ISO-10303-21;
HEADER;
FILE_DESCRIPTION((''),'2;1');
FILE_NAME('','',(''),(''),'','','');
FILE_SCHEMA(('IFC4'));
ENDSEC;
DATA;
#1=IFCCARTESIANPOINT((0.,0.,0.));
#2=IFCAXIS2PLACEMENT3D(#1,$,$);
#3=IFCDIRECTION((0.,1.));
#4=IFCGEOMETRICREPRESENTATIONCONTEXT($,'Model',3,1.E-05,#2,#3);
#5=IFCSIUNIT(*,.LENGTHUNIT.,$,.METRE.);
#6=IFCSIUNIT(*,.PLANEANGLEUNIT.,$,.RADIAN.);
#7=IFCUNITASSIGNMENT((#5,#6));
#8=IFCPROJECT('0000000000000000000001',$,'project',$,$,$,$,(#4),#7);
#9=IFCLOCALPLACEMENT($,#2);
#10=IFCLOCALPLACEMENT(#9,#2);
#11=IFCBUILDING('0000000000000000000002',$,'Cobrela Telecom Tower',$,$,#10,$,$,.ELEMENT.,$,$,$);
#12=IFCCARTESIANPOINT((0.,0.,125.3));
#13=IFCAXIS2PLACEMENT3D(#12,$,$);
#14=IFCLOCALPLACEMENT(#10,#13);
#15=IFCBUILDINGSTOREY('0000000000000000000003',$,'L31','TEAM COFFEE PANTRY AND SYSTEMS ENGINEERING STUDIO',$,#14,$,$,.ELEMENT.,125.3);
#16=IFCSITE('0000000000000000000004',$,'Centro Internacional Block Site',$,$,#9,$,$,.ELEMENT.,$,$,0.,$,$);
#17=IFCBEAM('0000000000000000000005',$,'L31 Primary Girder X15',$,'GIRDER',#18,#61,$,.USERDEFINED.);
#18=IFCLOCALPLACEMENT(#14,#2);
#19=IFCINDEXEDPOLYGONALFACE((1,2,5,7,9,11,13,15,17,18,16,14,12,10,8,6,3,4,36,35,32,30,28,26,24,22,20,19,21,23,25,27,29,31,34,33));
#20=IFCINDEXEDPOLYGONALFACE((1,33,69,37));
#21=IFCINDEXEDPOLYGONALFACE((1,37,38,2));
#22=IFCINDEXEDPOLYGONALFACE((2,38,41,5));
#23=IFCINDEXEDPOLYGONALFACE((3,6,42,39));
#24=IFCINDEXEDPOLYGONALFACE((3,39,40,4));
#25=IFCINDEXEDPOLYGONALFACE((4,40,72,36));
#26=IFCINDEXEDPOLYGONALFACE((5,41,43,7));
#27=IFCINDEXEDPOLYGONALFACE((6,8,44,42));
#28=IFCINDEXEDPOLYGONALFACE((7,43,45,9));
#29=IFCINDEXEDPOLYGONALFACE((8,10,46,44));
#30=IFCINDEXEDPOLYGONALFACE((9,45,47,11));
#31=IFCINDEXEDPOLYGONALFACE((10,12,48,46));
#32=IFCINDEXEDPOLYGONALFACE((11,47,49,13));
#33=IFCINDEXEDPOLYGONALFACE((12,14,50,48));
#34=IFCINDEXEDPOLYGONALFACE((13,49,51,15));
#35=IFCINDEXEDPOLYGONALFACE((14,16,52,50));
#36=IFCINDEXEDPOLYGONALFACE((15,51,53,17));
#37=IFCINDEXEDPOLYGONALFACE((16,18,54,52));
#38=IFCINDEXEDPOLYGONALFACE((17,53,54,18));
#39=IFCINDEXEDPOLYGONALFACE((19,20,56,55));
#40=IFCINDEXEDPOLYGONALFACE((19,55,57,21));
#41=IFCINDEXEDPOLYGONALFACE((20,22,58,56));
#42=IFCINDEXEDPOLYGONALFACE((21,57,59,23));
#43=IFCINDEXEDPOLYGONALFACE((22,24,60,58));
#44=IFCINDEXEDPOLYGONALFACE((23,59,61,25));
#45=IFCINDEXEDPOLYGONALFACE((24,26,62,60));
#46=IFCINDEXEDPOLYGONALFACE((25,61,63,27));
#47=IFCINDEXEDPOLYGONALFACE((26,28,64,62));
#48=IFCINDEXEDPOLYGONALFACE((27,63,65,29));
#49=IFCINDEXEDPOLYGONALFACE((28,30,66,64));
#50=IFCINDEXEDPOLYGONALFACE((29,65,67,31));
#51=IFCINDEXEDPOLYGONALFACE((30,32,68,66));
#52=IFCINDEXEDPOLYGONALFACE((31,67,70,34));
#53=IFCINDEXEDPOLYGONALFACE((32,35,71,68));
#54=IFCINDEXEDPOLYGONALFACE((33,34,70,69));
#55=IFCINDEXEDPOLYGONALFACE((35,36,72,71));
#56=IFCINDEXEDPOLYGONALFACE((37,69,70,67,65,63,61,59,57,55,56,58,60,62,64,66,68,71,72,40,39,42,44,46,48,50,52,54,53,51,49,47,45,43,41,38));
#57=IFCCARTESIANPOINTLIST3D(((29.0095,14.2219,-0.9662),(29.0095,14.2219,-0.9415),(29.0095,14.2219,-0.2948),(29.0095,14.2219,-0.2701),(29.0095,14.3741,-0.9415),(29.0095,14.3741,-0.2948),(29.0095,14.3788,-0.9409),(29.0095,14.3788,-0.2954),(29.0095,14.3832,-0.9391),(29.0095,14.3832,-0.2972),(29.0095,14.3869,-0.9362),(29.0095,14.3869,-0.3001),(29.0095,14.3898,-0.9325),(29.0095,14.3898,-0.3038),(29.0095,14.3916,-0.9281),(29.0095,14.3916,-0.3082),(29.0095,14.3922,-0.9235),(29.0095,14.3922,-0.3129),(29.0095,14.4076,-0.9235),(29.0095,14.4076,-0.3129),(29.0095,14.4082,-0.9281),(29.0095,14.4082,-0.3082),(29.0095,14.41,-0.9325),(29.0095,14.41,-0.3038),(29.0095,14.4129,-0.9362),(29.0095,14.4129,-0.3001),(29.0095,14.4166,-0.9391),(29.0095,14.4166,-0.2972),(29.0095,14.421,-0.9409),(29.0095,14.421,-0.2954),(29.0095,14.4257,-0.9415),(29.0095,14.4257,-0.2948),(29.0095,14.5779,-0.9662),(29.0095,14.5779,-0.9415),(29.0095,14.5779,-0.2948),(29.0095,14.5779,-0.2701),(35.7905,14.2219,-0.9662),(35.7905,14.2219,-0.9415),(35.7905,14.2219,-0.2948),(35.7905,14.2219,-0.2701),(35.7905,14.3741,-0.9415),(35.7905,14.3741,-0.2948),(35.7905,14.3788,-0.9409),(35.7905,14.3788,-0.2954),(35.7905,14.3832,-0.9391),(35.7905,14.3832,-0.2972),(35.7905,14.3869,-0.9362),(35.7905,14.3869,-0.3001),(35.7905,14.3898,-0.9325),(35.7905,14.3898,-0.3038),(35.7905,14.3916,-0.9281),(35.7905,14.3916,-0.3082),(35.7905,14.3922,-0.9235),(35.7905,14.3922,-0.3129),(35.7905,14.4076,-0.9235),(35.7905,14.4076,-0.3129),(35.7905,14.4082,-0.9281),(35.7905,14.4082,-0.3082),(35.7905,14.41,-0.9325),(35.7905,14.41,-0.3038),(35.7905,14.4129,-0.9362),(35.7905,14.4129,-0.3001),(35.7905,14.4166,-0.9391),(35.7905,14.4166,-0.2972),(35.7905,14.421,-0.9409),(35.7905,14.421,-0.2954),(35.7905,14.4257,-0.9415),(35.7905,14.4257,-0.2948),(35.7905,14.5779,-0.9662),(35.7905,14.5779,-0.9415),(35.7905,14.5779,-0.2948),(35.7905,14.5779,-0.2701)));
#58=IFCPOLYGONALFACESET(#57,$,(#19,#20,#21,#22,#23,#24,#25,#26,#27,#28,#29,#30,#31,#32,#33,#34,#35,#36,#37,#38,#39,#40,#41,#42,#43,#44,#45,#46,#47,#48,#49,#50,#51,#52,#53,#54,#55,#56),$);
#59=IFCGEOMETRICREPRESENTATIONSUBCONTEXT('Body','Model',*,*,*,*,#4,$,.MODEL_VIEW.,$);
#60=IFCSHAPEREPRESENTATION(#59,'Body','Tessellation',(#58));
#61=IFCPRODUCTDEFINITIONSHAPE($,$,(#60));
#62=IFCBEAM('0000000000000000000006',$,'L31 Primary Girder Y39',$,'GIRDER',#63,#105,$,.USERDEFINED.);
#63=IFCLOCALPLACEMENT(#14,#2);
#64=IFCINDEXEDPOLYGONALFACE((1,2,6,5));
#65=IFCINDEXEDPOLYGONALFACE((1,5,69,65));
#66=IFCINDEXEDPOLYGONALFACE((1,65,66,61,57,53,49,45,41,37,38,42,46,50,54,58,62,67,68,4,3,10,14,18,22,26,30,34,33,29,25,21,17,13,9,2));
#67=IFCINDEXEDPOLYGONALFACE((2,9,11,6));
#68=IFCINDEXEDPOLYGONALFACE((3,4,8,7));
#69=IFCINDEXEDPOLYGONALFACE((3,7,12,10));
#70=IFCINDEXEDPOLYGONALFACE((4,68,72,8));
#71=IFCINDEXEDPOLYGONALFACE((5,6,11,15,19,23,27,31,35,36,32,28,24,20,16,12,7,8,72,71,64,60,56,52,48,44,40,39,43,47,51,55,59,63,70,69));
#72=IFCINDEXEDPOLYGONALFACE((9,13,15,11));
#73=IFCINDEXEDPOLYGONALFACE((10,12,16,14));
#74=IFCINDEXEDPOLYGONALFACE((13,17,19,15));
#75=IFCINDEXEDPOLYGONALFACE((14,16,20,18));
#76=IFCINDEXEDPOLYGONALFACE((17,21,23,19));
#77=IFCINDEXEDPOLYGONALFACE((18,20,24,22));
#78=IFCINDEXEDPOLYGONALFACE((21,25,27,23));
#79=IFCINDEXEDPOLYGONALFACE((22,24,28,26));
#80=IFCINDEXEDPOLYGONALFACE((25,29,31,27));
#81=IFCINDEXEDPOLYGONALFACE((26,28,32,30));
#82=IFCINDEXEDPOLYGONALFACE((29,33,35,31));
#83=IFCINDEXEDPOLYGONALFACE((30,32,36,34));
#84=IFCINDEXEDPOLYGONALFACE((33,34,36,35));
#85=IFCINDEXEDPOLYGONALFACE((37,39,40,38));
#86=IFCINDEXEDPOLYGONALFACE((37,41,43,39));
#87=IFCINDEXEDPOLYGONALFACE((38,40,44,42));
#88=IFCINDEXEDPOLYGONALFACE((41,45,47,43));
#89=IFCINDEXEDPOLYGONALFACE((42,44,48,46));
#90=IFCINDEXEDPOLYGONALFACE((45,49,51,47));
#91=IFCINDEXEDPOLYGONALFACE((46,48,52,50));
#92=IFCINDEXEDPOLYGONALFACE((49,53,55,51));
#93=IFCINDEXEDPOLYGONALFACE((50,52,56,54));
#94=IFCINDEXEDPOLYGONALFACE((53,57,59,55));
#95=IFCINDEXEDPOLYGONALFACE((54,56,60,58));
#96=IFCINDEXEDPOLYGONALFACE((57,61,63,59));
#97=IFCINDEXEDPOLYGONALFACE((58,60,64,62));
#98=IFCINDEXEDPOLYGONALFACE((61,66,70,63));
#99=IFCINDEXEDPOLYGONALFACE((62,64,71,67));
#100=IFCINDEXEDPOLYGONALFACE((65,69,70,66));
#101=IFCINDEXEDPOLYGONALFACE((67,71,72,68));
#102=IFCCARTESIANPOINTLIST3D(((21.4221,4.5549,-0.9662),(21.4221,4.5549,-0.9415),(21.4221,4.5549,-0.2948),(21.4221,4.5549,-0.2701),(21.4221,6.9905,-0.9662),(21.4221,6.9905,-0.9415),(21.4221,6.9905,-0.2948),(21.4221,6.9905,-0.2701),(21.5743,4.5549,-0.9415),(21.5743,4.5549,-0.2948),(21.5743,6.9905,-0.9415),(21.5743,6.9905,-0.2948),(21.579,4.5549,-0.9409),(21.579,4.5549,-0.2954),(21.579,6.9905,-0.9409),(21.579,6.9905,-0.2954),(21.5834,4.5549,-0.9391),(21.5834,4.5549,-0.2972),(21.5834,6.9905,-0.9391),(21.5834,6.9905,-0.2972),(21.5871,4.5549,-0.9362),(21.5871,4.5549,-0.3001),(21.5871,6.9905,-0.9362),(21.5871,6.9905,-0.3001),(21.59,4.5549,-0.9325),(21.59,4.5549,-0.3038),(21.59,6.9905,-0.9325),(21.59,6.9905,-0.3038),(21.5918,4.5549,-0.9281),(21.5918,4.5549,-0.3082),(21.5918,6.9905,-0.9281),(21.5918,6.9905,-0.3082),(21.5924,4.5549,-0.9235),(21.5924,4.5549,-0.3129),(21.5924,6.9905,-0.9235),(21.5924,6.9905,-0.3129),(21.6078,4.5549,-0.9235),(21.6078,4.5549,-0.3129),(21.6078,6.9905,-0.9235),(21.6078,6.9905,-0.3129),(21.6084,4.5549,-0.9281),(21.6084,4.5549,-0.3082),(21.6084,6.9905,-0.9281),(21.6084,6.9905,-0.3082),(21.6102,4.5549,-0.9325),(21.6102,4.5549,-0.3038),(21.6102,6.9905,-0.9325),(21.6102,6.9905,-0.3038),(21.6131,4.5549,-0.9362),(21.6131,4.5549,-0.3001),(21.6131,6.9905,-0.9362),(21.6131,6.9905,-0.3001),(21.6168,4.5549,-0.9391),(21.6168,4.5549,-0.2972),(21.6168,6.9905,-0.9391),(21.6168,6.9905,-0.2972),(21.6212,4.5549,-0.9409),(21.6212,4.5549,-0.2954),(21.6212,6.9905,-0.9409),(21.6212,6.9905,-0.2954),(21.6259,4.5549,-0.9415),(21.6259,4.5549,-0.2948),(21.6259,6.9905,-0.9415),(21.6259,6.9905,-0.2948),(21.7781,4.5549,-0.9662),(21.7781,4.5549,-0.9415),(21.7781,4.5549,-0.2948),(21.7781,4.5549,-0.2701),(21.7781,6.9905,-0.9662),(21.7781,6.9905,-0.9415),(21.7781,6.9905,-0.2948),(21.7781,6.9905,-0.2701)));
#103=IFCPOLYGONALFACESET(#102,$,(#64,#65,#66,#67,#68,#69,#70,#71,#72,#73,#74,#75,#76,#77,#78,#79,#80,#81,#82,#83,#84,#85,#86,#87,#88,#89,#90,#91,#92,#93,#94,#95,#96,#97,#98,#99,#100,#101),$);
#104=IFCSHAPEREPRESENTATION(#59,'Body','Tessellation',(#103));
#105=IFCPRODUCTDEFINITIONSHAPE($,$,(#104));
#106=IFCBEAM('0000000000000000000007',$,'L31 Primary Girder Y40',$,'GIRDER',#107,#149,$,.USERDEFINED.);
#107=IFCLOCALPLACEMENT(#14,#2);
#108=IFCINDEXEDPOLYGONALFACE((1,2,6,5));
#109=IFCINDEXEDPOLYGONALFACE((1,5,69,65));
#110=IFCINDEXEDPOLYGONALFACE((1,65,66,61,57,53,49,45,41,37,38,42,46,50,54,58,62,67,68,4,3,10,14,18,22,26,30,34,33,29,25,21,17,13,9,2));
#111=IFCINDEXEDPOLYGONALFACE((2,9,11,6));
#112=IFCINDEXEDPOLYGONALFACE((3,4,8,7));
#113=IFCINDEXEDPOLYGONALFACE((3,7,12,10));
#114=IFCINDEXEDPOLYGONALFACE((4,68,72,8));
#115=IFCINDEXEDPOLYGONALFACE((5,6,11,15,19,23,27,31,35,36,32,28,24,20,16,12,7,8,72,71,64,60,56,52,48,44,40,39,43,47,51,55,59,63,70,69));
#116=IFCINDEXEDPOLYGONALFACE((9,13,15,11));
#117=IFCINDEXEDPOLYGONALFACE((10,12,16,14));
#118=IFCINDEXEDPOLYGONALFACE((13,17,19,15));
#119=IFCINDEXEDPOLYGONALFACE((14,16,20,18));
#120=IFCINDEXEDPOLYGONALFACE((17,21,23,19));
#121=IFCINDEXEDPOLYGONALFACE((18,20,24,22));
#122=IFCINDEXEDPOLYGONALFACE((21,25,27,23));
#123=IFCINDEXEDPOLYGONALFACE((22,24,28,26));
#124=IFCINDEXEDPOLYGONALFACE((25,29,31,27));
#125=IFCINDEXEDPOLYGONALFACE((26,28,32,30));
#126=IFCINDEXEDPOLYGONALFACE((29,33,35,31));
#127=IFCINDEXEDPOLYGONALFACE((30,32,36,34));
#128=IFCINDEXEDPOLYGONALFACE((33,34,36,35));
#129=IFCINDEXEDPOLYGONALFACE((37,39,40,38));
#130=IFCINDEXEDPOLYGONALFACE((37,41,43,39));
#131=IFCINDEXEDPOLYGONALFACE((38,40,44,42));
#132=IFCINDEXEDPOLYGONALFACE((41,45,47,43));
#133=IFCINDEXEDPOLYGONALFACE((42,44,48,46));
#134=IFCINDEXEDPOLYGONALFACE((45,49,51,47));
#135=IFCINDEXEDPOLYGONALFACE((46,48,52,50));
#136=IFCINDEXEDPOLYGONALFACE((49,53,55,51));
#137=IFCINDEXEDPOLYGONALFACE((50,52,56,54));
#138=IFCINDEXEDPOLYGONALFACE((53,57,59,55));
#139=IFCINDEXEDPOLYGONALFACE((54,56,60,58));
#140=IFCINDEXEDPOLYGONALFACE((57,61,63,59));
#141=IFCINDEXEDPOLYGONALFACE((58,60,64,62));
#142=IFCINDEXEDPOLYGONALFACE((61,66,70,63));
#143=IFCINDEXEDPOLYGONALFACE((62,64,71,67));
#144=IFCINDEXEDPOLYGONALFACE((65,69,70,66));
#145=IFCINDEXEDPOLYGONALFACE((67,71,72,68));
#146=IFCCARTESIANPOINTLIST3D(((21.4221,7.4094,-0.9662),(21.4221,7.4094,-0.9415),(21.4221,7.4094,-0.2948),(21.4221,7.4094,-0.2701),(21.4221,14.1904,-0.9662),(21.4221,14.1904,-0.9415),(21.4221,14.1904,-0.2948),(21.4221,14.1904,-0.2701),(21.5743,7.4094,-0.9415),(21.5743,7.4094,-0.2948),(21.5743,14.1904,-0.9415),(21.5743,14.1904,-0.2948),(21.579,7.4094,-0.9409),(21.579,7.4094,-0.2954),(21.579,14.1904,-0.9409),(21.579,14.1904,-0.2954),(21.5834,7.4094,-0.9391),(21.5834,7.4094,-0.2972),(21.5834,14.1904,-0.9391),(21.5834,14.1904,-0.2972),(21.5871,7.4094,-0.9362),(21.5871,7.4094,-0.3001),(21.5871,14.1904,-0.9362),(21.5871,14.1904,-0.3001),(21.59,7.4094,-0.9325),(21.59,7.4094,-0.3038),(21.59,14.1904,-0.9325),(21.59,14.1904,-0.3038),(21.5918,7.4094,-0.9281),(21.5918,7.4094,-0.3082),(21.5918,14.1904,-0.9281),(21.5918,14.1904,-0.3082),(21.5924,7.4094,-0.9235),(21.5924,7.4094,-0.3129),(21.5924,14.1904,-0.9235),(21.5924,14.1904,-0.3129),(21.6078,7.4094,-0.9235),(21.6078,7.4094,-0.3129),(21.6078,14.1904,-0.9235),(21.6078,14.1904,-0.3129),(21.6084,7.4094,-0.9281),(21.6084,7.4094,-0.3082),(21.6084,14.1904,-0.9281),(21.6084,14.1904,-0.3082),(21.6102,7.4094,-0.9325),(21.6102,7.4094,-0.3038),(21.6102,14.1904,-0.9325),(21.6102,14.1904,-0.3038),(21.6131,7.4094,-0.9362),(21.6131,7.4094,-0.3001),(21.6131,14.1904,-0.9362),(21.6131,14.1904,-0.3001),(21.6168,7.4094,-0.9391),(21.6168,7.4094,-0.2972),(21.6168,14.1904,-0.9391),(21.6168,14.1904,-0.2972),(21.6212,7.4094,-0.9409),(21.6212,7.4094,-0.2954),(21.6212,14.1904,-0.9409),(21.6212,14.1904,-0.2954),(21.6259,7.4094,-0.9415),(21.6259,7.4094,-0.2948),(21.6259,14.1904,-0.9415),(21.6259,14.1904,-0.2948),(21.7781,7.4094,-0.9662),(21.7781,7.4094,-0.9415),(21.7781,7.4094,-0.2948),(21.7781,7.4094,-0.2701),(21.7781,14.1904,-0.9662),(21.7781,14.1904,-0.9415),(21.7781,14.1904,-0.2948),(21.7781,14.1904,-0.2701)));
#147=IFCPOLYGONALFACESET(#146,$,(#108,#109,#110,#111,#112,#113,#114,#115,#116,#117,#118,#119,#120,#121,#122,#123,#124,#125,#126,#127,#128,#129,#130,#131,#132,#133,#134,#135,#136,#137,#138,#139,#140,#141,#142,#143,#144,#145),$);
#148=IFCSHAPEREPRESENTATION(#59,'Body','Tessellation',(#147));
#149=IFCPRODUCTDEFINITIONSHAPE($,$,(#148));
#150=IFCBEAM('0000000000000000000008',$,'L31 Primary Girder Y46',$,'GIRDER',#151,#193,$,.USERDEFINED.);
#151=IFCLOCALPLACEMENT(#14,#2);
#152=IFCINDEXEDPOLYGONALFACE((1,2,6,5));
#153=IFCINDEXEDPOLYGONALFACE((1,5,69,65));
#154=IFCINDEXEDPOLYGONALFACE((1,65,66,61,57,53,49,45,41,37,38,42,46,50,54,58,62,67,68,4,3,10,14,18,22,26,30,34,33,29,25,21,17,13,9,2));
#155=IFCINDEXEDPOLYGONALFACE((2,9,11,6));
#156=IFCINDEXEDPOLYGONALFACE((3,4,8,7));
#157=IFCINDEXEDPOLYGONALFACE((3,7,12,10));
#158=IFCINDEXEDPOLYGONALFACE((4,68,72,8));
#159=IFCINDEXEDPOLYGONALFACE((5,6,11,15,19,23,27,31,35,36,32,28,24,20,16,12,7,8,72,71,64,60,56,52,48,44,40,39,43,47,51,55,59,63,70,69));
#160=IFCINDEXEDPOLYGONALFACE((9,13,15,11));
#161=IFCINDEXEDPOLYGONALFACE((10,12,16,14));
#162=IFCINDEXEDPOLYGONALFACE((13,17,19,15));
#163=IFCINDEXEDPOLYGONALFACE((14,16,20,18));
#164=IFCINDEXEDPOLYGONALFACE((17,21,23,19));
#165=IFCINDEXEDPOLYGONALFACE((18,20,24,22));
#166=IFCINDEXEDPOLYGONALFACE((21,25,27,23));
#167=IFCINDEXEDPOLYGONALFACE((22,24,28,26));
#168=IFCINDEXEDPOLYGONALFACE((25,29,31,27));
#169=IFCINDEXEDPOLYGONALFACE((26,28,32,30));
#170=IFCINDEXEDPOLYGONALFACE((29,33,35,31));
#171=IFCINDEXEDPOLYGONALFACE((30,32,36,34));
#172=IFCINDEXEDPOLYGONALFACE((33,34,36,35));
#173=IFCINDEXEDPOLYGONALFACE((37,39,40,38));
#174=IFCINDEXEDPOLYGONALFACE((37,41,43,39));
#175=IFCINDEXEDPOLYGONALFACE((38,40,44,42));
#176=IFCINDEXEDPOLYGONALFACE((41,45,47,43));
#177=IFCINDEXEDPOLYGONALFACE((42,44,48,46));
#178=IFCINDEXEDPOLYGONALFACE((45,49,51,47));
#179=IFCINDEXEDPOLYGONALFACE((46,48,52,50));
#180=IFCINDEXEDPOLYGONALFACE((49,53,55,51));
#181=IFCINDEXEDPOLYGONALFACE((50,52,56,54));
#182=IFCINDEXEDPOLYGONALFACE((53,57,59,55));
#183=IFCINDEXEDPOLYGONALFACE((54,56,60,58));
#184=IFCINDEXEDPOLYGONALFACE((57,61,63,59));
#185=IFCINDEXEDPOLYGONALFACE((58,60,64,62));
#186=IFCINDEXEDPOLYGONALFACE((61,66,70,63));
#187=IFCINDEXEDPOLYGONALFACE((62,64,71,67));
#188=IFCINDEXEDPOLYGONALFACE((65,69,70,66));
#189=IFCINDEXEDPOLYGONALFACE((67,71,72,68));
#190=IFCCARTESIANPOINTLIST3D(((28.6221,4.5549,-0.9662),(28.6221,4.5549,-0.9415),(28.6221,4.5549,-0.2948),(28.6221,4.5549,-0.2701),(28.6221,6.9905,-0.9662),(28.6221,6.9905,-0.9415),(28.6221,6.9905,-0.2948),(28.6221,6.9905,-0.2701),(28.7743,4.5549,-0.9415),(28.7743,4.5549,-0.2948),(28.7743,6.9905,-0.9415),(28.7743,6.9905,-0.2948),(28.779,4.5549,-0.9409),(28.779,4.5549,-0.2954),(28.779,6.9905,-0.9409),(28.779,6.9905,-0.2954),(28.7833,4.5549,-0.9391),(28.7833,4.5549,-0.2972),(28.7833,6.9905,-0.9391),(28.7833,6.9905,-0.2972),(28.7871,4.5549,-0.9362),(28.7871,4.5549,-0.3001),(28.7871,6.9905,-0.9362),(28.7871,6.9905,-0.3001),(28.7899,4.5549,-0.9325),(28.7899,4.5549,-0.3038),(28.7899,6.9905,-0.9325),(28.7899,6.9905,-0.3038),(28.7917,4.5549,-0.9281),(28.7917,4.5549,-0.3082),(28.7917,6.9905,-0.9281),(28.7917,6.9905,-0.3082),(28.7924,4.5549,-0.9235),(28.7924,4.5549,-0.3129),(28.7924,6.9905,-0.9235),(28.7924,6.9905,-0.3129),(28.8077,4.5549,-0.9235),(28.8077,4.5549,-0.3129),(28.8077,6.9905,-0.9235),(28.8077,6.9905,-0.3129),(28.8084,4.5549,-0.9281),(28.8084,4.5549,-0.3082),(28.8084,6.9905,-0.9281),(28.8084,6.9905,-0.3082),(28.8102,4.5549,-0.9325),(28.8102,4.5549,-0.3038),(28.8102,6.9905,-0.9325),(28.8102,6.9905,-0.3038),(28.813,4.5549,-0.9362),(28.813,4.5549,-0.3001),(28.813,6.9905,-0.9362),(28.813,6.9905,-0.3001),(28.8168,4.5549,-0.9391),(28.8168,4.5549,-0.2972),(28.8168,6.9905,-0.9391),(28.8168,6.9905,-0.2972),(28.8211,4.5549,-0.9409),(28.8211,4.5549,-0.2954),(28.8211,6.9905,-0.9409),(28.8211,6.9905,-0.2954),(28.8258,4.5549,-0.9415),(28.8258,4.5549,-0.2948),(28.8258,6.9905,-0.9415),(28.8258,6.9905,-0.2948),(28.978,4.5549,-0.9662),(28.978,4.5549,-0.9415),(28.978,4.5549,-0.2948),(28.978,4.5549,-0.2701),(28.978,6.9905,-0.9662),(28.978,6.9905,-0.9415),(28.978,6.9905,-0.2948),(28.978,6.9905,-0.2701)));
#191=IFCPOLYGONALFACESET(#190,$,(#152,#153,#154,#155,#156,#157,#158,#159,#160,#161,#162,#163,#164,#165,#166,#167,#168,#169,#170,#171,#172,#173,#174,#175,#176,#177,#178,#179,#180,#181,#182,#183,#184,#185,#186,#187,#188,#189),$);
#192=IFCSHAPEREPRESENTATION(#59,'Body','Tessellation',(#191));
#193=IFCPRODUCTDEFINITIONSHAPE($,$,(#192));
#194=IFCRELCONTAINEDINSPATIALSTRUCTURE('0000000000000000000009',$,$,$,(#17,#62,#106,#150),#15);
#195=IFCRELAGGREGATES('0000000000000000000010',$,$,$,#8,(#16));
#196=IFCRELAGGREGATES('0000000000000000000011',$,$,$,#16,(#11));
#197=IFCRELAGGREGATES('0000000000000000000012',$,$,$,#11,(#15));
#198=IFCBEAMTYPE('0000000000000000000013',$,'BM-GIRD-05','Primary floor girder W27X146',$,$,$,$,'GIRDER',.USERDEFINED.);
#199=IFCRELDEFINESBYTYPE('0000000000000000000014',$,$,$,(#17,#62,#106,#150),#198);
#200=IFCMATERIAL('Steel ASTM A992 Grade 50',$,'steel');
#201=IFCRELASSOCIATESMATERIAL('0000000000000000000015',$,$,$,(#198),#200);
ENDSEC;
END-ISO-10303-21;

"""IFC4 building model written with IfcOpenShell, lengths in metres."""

from ifc_helpers import new_model, si_unit, direction, frame, origin, origin_2d, place, context, subcontext, project, spatial, i_section, extrude, material, material_profile, profile_set, type_object, element, save


model = new_model("IFC4")

# Units and contexts
model_context = context("Model", 3, precision=1e-05, world=origin(), true_north=direction((0.0, 1.0)))
body_context = subcontext(model_context, "Body", "Model", "MODEL_VIEW")
ifc_project = project(units=[si_unit("LENGTHUNIT", "METRE"), si_unit("PLANEANGLEUNIT", "RADIAN")], contexts=[model_context])

# Site, building, storey
site_placement = place(None, origin())
site = spatial("IfcSite", under=ifc_project, at=site_placement, Name="Centro Internacional Block Site", CompositionType="ELEMENT", RefElevation=0.0)
building_placement = place(site_placement, origin())
building = spatial("IfcBuilding", under=site, at=building_placement, Name="Cobrela Telecom Tower", CompositionType="ELEMENT")
storey_placement = place(building_placement, frame((0.0, 0.0, 125.3)))
storey = spatial("IfcBuildingStorey", under=building, at=storey_placement, Name="L31", Description="TEAM COFFEE PANTRY AND SYSTEMS ENGINEERING STUDIO", CompositionType="ELEMENT", Elevation=125.3)

# Shared definitions
ifc_material_1 = material(Name="Steel ASTM A992 Grade 50", Category="steel")

# Beams
ifc_material_profile_1 = material_profile(ifc_material_1, i_section(OverallWidth=0.356, OverallDepth=0.696, WebThickness=0.0154, FlangeThickness=0.0247, FilletRadius=0.0181, at=origin_2d()), Name="W27X146")
ifc_profile_set_1 = profile_set([ifc_material_profile_1], Name="Steel ASTM A992 Grade 50")
beam_type_1 = type_object("IfcBeamType", Name="BM-GIRD-05", Description="Primary floor girder W27X146", ElementType="GIRDER", PredefinedType="USERDEFINED", material=ifc_profile_set_1)
for number, where, z_axis, x_axis, name in (
    (1, (29.0095, 14.3999, -0.6182), (1.0, 0.0, 0.0), (0.0, 1.0, 0.0), "L31 Primary Girder X15"),
):
    element("IfcBeam", number, at=place(storey_placement, frame(where, z_axis=z_axis, x_axis=x_axis)), inside=storey, type_object=beam_type_1, Name=name, ObjectType="GIRDER", PredefinedType="USERDEFINED", context=body_context, shape_type="SweptSolid", body=[
        extrude(i_section(OverallWidth=0.356, OverallDepth=0.696, WebThickness=0.0154, FlangeThickness=0.0247, FilletRadius=0.0181, at=origin_2d()), origin(), (0.0, 0.0, 1.0), 6.781),
    ])
beam_1_placement = place(storey_placement, frame((21.6001, 4.5549, -0.6182), z_axis=(0.0, 1.0, 0.0), x_axis=(-1.0, 0.0, 0.0)))
element("IfcBeam", 2, at=beam_1_placement, inside=storey, type_object=beam_type_1, Name="L31 Primary Girder Y39", ObjectType="GIRDER", PredefinedType="USERDEFINED", context=body_context, shape_type="SweptSolid", body=[
    extrude(i_section(OverallWidth=0.356, OverallDepth=0.696, WebThickness=0.0154, FlangeThickness=0.0247, FilletRadius=0.0181, at=origin_2d()), origin(), (0.0, 0.0, 1.0), 2.4355),
])
beam_2_placement = place(storey_placement, frame((21.6001, 7.4094, -0.6182), z_axis=(0.0, 1.0, 0.0), x_axis=(-1.0, 0.0, 0.0)))
element("IfcBeam", 3, at=beam_2_placement, inside=storey, type_object=beam_type_1, Name="L31 Primary Girder Y40", ObjectType="GIRDER", PredefinedType="USERDEFINED", context=body_context, shape_type="SweptSolid", body=[
    extrude(i_section(OverallWidth=0.356, OverallDepth=0.696, WebThickness=0.0154, FlangeThickness=0.0247, FilletRadius=0.0181, at=origin_2d()), origin(), (0.0, 0.0, 1.0), 6.781),
])
beam_3_placement = place(storey_placement, frame((28.8, 4.5549, -0.6182), z_axis=(0.0, 1.0, 0.0), x_axis=(-1.0, 0.0, 0.0)))
element("IfcBeam", 4, at=beam_3_placement, inside=storey, type_object=beam_type_1, Name="L31 Primary Girder Y46", ObjectType="GIRDER", PredefinedType="USERDEFINED", context=body_context, shape_type="SweptSolid", body=[
    extrude(i_section(OverallWidth=0.356, OverallDepth=0.696, WebThickness=0.0154, FlangeThickness=0.0247, FilletRadius=0.0181, at=origin_2d()), origin(), (0.0, 0.0, 1.0), 2.4355),
])

save(model, "model.ifc")
